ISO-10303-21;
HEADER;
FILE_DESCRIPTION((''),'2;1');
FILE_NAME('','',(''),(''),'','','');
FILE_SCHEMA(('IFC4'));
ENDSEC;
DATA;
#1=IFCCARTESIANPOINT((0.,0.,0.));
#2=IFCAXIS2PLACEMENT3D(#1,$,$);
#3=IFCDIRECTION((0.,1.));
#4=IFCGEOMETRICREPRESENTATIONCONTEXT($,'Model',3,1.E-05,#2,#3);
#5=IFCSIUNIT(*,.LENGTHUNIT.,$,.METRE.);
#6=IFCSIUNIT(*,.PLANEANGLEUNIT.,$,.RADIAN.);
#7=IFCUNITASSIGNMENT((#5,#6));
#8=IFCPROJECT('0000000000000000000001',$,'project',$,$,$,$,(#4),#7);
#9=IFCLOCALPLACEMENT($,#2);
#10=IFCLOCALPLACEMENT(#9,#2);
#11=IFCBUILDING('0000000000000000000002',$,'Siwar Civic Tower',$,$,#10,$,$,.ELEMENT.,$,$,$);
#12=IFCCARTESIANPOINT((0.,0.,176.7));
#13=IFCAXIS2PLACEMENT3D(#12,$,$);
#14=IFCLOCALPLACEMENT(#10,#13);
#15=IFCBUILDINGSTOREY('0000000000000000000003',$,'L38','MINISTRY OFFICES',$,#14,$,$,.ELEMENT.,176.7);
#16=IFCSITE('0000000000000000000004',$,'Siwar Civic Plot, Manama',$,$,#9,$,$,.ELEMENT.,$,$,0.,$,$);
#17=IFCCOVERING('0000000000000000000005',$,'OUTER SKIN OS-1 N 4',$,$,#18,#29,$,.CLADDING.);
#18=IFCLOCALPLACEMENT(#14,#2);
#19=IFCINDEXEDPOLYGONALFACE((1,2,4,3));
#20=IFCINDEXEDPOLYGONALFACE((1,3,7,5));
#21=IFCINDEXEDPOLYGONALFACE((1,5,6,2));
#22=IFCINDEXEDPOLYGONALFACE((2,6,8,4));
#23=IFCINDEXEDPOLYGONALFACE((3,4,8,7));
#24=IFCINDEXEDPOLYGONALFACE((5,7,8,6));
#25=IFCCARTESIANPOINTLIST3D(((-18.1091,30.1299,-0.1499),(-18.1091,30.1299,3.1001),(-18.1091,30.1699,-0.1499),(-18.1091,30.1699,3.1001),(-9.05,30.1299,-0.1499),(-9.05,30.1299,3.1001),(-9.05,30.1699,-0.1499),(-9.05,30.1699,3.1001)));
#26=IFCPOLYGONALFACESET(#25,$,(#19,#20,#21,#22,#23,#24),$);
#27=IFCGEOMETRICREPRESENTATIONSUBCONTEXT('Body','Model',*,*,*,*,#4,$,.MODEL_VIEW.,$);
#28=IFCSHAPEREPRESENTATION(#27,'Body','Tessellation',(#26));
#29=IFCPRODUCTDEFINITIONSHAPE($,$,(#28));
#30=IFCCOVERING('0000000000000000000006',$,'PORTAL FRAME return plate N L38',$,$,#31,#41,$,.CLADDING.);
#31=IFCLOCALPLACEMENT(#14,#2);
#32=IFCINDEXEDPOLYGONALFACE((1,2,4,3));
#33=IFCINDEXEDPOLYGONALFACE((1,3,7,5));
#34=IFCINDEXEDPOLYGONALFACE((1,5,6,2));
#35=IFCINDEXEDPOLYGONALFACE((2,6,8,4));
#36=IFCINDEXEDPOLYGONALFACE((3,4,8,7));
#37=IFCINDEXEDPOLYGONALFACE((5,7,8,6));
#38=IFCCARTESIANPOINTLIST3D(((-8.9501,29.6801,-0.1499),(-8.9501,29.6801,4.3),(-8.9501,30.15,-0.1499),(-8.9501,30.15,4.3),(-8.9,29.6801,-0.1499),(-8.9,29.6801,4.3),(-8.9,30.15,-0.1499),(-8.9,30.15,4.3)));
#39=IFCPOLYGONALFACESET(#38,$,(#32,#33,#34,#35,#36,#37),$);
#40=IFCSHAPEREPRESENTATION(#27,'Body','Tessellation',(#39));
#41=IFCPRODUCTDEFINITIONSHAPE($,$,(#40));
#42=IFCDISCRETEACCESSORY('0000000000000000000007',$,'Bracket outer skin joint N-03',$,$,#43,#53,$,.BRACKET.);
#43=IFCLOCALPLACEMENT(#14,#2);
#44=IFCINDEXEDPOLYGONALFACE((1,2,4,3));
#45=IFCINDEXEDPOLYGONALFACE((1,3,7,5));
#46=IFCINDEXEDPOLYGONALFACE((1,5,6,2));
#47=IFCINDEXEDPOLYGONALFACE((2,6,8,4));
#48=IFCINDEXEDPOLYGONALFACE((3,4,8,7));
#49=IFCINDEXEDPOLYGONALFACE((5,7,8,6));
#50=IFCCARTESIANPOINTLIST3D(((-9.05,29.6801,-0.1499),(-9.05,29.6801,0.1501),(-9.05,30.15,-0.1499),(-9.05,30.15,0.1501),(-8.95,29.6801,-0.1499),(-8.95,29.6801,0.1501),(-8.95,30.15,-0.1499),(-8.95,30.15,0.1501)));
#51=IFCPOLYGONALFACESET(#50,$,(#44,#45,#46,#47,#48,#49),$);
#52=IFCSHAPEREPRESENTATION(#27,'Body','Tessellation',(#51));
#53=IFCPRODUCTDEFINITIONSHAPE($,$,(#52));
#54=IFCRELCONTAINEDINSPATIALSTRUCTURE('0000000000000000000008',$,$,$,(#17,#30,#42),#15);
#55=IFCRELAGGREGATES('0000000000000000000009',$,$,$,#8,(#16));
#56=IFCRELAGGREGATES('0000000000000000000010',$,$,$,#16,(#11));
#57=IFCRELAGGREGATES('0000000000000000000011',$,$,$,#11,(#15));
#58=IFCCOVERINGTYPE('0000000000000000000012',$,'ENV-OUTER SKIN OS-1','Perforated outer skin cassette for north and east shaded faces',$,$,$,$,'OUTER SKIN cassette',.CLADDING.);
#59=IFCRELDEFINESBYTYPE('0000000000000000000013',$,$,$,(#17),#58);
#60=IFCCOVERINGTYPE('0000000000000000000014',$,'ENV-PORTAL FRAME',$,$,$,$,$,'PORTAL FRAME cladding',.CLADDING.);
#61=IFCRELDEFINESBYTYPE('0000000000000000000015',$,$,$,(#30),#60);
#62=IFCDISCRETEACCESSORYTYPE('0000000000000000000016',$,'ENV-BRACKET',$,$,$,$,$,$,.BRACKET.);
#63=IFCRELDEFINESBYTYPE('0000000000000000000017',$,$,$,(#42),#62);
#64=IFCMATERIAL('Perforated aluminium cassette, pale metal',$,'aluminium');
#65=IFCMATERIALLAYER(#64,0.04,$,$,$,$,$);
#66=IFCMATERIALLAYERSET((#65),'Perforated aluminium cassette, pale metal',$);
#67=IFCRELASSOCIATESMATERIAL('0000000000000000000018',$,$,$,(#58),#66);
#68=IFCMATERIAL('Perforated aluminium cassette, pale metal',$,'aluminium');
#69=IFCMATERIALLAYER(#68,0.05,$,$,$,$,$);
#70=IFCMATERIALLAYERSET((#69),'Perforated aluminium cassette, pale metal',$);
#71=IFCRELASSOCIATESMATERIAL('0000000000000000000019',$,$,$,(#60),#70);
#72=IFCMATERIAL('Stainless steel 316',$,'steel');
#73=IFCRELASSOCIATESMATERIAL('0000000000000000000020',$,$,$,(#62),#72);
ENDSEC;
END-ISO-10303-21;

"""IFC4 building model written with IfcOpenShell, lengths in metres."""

from ifc_helpers import new_model, si_unit, direction, frame, origin, origin_2d, place, context, subcontext, project, spatial, rectangle, extrude, material, layer, layer_set, type_object, element, save


model = new_model("IFC4")

# Units and contexts
model_context = context("Model", 3, precision=1e-05, world=origin(), true_north=direction((0.0, 1.0)))
body_context = subcontext(model_context, "Body", "Model", "MODEL_VIEW")
ifc_project = project(units=[si_unit("LENGTHUNIT", "METRE"), si_unit("PLANEANGLEUNIT", "RADIAN")], contexts=[model_context])

# Site, building, storey
site_placement = place(None, origin())
site = spatial("IfcSite", under=ifc_project, at=site_placement, Name="Siwar Civic Plot, Manama", CompositionType="ELEMENT", RefElevation=0.0)
building_placement = place(site_placement, origin())
building = spatial("IfcBuilding", under=site, at=building_placement, Name="Siwar Civic Tower", CompositionType="ELEMENT")
storey_placement = place(building_placement, frame((0.0, 0.0, 176.7)))
storey = spatial("IfcBuildingStorey", under=building, at=storey_placement, Name="L38", Description="MINISTRY OFFICES", CompositionType="ELEMENT", Elevation=176.7)

# Coverings
ifc_material_1 = material(Name="Perforated aluminium cassette, pale metal", Category="aluminium")
ifc_layer_1 = layer(ifc_material_1, 0.04)
ifc_layer_set_1 = layer_set([ifc_layer_1], Name="Perforated aluminium cassette, pale metal")
covering_type_1 = type_object("IfcCoveringType", Name="ENV-OUTER SKIN OS-1", Description="Perforated outer skin cassette for north and east shaded faces", ElementType="OUTER SKIN cassette", PredefinedType="CLADDING", material=ifc_layer_set_1)
covering_1_placement = place(storey_placement, frame((-13.5796, 30.1499, -0.1499), z_axis=(0.0, 0.0, 1.0), x_axis=(-1.0, 0.0, 0.0)))
element("IfcCovering", 1, at=covering_1_placement, inside=storey, type_object=covering_type_1, Name="OUTER SKIN OS-1 N 4", PredefinedType="CLADDING", context=body_context, shape_type="SweptSolid", body=[
    extrude(rectangle(XDim=9.0591, YDim=0.04, at=origin_2d()), origin(), (0.0, 0.0, 1.0), 3.25),
])
ifc_material_2 = material(Name="Perforated aluminium cassette, pale metal", Category="aluminium")
ifc_layer_2 = layer(ifc_material_2, 0.05)
ifc_layer_set_2 = layer_set([ifc_layer_2], Name="Perforated aluminium cassette, pale metal")
covering_type_2 = type_object("IfcCoveringType", Name="ENV-PORTAL FRAME", ElementType="PORTAL FRAME cladding", PredefinedType="CLADDING", material=ifc_layer_set_2)
covering_2_placement = place(storey_placement, frame((-8.925, 29.915, -0.1499), z_axis=(0.0, 0.0, 1.0), x_axis=(1.0, 0.0, 0.0)))
element("IfcCovering", 2, at=covering_2_placement, inside=storey, type_object=covering_type_2, Name="PORTAL FRAME return plate N L38", PredefinedType="CLADDING", context=body_context, shape_type="SweptSolid", body=[
    extrude(rectangle(XDim=0.05, YDim=0.47, at=origin_2d()), origin(), (0.0, 0.0, 1.0), 4.45),
])

# Discrete accessory
ifc_material_3 = material(Name="Stainless steel 316", Category="steel")
discrete_accessory_type = type_object("IfcDiscreteAccessoryType", Name="ENV-BRACKET", PredefinedType="BRACKET", material=ifc_material_3)
discrete_accessory_placement = place(storey_placement, frame((-9.0, 29.915, -0.1499), z_axis=(0.0, 0.0, 1.0), x_axis=(0.0, 1.0, 0.0)))
element("IfcDiscreteAccessory", 3, at=discrete_accessory_placement, inside=storey, type_object=discrete_accessory_type, Name="Bracket outer skin joint N-03", PredefinedType="BRACKET", context=body_context, shape_type="SweptSolid", body=[
    extrude(rectangle(XDim=0.47, YDim=0.1001, at=origin_2d()), origin(), (0.0, 0.0, 1.0), 0.3),
])

save(model, "model.ifc")
